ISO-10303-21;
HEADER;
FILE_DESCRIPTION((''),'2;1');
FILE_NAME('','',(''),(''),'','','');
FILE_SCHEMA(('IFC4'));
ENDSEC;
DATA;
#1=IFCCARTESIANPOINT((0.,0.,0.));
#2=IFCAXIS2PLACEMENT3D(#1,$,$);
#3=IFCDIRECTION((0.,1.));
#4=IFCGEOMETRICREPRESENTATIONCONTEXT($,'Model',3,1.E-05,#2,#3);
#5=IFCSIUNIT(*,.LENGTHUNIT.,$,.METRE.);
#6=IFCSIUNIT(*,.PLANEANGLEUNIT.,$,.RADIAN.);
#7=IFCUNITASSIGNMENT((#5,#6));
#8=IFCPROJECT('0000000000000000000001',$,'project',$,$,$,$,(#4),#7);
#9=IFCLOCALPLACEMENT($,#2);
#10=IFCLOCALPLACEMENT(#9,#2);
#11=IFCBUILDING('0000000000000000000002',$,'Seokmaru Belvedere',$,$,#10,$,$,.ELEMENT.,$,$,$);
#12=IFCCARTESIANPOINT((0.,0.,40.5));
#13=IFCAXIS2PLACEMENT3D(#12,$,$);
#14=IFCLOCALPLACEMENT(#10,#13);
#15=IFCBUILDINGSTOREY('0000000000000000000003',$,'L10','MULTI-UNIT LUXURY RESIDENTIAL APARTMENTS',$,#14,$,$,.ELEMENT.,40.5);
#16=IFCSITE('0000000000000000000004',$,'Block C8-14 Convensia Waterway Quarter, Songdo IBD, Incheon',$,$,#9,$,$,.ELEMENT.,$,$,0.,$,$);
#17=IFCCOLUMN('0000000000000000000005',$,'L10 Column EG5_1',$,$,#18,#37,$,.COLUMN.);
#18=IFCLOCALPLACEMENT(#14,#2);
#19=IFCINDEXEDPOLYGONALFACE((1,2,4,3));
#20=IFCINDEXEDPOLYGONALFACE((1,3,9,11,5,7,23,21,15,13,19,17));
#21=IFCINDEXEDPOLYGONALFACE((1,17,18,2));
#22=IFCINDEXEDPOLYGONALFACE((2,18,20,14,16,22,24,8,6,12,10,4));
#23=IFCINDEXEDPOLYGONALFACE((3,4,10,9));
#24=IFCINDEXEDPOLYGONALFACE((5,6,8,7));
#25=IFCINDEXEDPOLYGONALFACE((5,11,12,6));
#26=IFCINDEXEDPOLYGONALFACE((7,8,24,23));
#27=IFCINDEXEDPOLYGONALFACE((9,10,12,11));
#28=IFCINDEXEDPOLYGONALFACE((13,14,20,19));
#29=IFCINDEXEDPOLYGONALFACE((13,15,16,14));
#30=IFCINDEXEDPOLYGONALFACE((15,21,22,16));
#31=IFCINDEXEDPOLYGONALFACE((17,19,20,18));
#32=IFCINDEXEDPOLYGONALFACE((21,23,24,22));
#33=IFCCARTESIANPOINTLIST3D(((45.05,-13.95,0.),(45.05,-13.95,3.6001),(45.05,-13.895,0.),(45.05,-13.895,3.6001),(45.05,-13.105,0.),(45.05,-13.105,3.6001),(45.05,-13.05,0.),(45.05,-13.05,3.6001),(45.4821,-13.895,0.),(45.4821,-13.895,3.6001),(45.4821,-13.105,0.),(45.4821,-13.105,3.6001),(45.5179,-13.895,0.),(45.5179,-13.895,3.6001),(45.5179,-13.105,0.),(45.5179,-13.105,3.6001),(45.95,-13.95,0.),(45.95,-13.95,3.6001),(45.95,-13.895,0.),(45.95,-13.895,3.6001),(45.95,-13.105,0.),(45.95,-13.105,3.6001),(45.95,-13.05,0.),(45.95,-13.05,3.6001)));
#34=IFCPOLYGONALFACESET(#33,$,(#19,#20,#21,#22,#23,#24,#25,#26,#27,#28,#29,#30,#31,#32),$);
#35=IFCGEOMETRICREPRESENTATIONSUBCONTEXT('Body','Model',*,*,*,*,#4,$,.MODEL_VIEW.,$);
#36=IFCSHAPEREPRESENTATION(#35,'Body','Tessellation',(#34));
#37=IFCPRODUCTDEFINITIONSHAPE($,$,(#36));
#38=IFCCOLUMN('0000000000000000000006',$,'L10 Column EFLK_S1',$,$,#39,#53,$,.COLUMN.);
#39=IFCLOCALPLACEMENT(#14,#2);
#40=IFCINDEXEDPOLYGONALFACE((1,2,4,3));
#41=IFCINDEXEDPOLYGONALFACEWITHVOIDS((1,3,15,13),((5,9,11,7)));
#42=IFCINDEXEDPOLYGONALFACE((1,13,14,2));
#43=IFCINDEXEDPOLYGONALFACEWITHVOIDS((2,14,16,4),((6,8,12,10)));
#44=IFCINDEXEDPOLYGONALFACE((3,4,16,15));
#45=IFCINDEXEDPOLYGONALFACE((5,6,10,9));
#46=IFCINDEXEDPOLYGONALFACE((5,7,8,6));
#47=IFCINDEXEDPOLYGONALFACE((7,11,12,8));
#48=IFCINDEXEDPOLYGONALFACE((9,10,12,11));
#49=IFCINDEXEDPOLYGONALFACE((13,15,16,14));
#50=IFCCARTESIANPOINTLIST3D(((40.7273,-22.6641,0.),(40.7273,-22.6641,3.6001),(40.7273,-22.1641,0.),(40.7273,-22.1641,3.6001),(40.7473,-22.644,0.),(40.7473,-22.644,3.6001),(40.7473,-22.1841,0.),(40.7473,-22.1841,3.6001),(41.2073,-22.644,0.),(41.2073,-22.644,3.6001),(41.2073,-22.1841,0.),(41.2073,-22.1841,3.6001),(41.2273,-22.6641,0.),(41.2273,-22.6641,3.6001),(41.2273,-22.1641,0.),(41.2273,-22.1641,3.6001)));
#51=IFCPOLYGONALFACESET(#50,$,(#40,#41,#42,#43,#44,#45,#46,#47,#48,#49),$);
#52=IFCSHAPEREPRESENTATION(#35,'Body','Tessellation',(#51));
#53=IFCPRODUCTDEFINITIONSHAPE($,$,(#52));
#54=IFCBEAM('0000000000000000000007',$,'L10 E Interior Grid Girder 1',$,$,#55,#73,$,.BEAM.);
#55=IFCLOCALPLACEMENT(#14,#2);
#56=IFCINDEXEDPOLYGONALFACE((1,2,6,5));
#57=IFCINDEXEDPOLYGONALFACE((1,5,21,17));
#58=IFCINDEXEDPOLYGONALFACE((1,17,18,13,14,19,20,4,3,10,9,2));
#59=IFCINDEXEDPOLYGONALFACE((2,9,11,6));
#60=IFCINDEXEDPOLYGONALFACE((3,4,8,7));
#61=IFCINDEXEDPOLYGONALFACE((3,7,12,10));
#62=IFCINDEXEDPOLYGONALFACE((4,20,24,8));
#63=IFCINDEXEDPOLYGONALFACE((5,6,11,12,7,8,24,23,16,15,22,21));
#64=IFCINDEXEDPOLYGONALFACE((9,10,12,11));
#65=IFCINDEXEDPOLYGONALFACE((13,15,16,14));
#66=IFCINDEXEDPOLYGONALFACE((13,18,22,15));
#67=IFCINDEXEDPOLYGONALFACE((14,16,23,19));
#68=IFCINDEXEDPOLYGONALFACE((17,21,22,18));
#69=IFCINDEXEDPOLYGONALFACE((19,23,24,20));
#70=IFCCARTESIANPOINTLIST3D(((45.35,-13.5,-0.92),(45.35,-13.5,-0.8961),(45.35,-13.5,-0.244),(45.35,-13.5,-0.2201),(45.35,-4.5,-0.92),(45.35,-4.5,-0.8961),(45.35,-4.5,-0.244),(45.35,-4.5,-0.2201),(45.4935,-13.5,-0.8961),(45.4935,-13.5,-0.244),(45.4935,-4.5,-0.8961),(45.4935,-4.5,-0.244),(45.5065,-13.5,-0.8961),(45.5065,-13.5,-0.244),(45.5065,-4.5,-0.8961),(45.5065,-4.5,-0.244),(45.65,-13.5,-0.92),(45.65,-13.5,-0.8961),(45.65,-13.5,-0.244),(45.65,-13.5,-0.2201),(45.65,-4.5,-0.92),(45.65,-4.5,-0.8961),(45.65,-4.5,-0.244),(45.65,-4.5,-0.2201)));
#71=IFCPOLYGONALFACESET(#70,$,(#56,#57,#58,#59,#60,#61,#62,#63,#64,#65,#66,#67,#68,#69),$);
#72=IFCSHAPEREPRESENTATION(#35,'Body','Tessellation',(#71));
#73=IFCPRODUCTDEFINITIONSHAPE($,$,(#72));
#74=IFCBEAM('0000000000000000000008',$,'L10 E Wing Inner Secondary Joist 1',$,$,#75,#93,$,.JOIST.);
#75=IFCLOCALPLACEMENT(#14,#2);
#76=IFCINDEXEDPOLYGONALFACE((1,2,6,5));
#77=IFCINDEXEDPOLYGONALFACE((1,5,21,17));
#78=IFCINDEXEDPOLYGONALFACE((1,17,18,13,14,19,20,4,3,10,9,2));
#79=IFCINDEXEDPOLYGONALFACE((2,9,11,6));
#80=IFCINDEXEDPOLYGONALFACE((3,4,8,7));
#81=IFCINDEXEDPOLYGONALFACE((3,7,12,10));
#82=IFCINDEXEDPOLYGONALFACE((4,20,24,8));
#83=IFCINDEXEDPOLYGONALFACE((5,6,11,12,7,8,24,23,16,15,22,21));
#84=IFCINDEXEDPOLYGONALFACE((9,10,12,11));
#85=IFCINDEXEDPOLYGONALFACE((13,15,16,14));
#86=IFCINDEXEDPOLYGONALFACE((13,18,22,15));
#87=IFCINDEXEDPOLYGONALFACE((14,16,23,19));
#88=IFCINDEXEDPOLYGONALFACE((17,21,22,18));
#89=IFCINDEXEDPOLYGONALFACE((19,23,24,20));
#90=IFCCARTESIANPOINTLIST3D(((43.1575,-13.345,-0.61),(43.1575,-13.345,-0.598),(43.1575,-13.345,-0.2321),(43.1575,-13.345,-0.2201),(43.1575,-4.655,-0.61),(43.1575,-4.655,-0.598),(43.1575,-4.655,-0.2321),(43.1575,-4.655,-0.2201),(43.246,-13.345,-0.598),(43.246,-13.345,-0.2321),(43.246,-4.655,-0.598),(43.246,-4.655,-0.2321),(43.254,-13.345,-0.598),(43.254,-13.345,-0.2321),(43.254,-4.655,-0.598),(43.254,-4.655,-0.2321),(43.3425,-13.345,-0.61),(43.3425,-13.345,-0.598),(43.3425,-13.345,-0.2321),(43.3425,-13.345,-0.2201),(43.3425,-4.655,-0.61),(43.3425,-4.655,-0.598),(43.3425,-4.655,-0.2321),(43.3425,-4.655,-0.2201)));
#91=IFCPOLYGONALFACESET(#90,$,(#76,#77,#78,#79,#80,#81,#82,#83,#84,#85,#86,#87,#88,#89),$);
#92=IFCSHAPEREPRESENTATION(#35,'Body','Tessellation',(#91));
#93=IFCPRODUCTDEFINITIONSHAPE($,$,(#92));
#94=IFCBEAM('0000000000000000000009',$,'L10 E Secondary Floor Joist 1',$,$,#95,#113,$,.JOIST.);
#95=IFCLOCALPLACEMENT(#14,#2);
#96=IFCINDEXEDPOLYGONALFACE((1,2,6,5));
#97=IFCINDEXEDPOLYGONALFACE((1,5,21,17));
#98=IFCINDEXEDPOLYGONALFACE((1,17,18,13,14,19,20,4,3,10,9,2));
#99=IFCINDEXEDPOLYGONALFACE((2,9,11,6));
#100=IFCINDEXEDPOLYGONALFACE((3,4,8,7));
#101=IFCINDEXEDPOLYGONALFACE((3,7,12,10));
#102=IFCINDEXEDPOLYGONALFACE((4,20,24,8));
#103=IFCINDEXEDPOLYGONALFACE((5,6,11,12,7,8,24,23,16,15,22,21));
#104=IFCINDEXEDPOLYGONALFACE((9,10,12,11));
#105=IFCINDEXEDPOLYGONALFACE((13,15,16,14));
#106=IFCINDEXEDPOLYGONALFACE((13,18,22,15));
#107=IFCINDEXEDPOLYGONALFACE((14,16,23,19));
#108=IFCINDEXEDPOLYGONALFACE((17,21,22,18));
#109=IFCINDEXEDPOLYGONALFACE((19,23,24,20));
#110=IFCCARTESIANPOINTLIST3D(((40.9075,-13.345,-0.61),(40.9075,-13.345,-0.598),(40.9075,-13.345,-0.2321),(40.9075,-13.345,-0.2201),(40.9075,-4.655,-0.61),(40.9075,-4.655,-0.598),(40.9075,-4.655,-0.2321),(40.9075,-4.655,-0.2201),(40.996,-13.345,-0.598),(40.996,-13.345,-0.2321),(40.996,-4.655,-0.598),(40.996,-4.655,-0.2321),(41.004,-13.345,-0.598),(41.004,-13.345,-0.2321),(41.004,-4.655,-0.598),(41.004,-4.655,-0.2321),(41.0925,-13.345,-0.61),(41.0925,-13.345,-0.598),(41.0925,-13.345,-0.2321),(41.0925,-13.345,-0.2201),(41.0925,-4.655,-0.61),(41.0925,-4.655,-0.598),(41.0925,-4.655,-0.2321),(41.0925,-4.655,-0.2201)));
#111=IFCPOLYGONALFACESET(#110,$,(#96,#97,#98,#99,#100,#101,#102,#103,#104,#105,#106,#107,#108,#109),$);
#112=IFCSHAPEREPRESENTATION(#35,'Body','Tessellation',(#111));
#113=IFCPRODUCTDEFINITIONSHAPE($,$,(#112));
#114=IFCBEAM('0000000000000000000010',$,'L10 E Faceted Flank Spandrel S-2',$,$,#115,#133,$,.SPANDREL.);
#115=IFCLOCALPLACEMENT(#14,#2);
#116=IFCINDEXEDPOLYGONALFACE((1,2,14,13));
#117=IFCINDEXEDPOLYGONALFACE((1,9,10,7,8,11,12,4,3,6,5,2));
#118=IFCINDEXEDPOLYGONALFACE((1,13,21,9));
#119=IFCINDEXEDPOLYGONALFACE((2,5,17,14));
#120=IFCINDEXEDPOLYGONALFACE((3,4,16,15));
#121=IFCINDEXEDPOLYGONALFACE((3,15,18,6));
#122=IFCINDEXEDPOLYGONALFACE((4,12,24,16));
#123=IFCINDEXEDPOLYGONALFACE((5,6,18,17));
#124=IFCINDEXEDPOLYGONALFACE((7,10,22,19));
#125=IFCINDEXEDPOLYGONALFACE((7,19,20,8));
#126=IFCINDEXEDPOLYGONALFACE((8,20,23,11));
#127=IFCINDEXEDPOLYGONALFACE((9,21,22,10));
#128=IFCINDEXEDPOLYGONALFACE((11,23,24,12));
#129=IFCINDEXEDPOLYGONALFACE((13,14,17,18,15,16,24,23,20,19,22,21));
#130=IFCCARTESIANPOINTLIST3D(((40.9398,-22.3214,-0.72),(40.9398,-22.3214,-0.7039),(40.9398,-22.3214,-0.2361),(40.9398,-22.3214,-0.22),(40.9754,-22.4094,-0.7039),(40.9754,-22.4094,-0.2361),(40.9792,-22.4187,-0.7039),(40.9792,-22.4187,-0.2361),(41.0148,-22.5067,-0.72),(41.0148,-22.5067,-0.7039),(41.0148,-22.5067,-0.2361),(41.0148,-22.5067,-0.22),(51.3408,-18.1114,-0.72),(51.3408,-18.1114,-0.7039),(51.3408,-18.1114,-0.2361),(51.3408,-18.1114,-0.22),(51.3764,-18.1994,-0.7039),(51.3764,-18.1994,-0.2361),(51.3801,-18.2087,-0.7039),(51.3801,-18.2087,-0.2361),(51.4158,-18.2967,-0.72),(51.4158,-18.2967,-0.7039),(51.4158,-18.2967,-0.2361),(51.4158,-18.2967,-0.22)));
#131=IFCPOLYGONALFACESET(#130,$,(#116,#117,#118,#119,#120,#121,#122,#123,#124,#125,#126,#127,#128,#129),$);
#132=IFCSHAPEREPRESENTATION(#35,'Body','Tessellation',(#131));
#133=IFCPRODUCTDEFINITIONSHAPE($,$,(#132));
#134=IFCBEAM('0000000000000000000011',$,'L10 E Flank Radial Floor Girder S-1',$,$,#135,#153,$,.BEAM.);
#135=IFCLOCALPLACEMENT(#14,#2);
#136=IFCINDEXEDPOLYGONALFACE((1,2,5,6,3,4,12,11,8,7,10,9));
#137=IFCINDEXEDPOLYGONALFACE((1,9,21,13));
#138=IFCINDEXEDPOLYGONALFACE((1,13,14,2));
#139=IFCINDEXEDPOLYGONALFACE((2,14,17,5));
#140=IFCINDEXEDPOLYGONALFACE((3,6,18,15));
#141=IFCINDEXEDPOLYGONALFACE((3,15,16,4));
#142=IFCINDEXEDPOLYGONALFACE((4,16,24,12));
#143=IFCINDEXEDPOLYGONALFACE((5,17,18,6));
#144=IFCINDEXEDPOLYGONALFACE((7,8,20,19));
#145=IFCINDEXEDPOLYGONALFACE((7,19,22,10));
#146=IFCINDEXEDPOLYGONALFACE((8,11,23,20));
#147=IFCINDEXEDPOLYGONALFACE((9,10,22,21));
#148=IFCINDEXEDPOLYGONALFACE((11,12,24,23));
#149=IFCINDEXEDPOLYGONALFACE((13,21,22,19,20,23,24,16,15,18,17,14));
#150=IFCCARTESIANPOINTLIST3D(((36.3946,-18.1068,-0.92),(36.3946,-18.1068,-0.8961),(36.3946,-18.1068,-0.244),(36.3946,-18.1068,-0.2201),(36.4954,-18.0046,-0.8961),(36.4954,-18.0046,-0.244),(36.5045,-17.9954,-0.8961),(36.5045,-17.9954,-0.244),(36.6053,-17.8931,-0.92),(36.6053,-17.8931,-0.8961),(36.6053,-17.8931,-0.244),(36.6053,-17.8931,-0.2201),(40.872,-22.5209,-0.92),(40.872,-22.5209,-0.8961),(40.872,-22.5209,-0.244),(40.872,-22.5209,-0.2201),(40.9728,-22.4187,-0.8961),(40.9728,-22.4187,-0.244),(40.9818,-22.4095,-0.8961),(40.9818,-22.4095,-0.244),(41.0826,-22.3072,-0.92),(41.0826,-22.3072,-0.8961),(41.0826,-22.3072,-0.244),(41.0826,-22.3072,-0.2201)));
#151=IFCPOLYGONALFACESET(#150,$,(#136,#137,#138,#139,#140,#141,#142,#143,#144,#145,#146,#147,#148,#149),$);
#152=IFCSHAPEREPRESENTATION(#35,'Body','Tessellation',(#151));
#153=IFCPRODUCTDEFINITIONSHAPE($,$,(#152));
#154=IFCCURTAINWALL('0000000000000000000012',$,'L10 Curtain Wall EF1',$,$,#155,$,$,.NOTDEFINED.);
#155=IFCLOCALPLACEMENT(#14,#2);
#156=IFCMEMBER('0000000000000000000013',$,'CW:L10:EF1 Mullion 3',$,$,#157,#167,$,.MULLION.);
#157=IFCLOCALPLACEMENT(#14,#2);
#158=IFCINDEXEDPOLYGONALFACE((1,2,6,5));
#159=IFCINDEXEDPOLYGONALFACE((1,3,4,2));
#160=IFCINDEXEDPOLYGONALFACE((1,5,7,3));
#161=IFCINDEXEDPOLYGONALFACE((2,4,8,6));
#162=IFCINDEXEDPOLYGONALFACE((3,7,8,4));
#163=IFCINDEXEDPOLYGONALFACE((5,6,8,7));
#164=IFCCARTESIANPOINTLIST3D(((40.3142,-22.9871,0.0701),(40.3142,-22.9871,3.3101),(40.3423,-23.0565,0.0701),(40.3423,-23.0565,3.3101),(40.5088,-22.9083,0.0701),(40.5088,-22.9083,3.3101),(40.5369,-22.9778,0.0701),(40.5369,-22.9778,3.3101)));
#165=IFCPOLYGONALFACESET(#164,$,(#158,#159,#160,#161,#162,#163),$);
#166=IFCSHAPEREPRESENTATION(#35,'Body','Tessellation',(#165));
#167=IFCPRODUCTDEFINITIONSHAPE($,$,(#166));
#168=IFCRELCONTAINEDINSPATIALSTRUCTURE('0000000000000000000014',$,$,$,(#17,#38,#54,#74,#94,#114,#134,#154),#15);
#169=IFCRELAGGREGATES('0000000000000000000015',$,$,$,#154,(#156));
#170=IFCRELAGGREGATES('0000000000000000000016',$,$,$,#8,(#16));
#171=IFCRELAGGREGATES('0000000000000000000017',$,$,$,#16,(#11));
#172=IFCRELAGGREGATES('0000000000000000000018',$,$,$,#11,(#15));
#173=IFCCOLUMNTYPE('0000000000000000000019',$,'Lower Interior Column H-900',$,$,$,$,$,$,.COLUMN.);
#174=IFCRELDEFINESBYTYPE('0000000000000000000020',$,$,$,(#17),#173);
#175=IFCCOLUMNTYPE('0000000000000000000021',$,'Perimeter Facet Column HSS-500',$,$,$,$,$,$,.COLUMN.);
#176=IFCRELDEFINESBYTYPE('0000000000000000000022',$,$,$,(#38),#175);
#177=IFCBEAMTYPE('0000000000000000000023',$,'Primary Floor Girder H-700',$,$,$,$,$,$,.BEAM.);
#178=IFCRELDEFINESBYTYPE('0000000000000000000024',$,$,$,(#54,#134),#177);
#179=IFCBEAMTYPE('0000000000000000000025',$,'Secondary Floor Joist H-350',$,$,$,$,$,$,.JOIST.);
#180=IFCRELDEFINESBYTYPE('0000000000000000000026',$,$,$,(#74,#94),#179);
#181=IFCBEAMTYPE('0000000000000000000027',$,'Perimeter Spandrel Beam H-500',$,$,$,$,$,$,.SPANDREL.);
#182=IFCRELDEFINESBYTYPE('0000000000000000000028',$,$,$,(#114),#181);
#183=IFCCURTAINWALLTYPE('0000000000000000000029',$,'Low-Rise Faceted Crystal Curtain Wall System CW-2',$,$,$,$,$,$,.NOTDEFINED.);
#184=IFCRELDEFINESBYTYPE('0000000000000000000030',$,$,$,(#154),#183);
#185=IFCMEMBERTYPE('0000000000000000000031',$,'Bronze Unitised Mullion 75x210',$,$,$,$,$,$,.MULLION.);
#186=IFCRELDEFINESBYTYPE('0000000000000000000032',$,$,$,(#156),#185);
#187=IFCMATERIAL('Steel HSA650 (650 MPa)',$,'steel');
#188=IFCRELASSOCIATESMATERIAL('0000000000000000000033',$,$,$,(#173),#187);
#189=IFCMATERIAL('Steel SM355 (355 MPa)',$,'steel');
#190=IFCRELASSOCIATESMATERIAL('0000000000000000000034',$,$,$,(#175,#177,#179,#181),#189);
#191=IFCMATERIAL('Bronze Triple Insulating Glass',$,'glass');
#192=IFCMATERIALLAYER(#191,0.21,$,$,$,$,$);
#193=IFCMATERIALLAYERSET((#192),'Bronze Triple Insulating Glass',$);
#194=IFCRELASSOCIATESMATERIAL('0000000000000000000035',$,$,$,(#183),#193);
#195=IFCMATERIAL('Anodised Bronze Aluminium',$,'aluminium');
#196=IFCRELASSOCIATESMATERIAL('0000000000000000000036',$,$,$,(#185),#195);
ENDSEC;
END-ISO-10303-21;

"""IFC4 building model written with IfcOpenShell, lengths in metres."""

from ifc_helpers import new_model, si_unit, direction, frame, origin, origin_2d, place, context, subcontext, project, spatial, rectangle, hollow_rectangle, i_section, extrude, source, transform, mapped, material, layer, layer_set, material_profile, profile_set, type_object, type_shapes, element, aggregate, save


model = new_model("IFC4")

# Units and contexts
model_context = context("Model", 3, precision=1e-05, world=origin(), true_north=direction((0.0, 1.0)))
body_context = subcontext(model_context, "Body", "Model", "MODEL_VIEW")
ifc_project = project(units=[si_unit("LENGTHUNIT", "METRE"), si_unit("PLANEANGLEUNIT", "RADIAN")], contexts=[model_context])

# Site, building, storey
site_placement = place(None, origin())
site = spatial("IfcSite", under=ifc_project, at=site_placement, Name="Block C8-14 Convensia Waterway Quarter, Songdo IBD, Incheon", CompositionType="ELEMENT", RefElevation=0.0)
building_placement = place(site_placement, origin())
building = spatial("IfcBuilding", under=site, at=building_placement, Name="Seokmaru Belvedere", CompositionType="ELEMENT")
storey_placement = place(building_placement, frame((0.0, 0.0, 40.5)))
storey = spatial("IfcBuildingStorey", under=building, at=storey_placement, Name="L10", Description="MULTI-UNIT LUXURY RESIDENTIAL APARTMENTS", CompositionType="ELEMENT", Elevation=40.5)

# Columns
ifc_material_1 = material(Name="Steel HSA650 (650 MPa)", Category="steel")
ifc_material_profile_1 = material_profile(ifc_material_1, i_section(OverallWidth=0.8999, OverallDepth=0.8999, WebThickness=0.0359, FlangeThickness=0.0549, at=origin_2d()), Name="H-900x900x36x55")
ifc_profile_set_1 = profile_set([ifc_material_profile_1], Name="Steel HSA650 (650 MPa)")
column_type_1 = type_object("IfcColumnType", Name="Lower Interior Column H-900", PredefinedType="COLUMN", material=ifc_profile_set_1)
shared_shape_1 = source(origin(), body_context, "Body", "SweptSolid", [
    extrude(i_section(OverallWidth=0.8999, OverallDepth=0.8999, WebThickness=0.0359, FlangeThickness=0.0549, at=origin_2d()), origin(), (0.0, 0.0, 1.0), 3.6001),
])
type_shapes(column_type_1, [shared_shape_1])
column_1_placement = place(storey_placement, frame((45.5, -13.5, 0.0), z_axis=(0.0, 0.0, 1.0), x_axis=(1.0, 0.0, 0.0)))
element("IfcColumn", 1, at=column_1_placement, inside=storey, type_object=column_type_1, Name="L10 Column EG5_1", PredefinedType="COLUMN", context=body_context, shape_type="MappedRepresentation", body=[
    mapped(shared_shape_1, transform((0.0, 0.0, 0.0), scale=1.0)),
])
ifc_material_2 = material(Name="Steel SM355 (355 MPa)", Category="steel")
ifc_material_profile_2 = material_profile(ifc_material_2, hollow_rectangle(XDim=0.5, YDim=0.5, WallThickness=0.02, at=origin_2d()), Name="HSS-500x500x20")
ifc_profile_set_2 = profile_set([ifc_material_profile_2], Name="Steel SM355 (355 MPa)")
column_type_2 = type_object("IfcColumnType", Name="Perimeter Facet Column HSS-500", PredefinedType="COLUMN", material=ifc_profile_set_2)
shared_shape_2 = source(origin(), body_context, "Body", "SweptSolid", [
    extrude(hollow_rectangle(XDim=0.5, YDim=0.5, WallThickness=0.02, at=origin_2d()), origin(), (0.0, 0.0, 1.0), 3.6001),
])
type_shapes(column_type_2, [shared_shape_2])
column_2_placement = place(storey_placement, frame((40.9773, -22.4141, 0.0), z_axis=(0.0, 0.0, 1.0), x_axis=(1.0, 0.0, 0.0)))
element("IfcColumn", 2, at=column_2_placement, inside=storey, type_object=column_type_2, Name="L10 Column EFLK_S1", PredefinedType="COLUMN", context=body_context, shape_type="MappedRepresentation", body=[
    mapped(shared_shape_2, transform((0.0, 0.0, 0.0), scale=1.0)),
])

# Beams
ifc_material_profile_3 = material_profile(ifc_material_2, i_section(OverallWidth=0.3, OverallDepth=0.7, WebThickness=0.0129, FlangeThickness=0.0239, at=origin_2d()), Name="H-700x300x13x24")
ifc_profile_set_3 = profile_set([ifc_material_profile_3], Name="Steel SM355 (355 MPa)")
beam_type_1 = type_object("IfcBeamType", Name="Primary Floor Girder H-700", PredefinedType="BEAM", material=ifc_profile_set_3)
shared_shape_3 = source(origin(), body_context, "Body", "SweptSolid", [
    extrude(i_section(OverallWidth=0.3, OverallDepth=0.7, WebThickness=0.0129, FlangeThickness=0.0239, at=origin_2d()), origin(), (0.0, 0.0, 1.0), 9.0),
])
beam_1_placement = place(storey_placement, frame((45.5, -13.5, -0.5701), z_axis=(0.0, 1.0, 0.0), x_axis=(-1.0, 0.0, 0.0)))
element("IfcBeam", 3, at=beam_1_placement, inside=storey, type_object=beam_type_1, Name="L10 E Interior Grid Girder 1", PredefinedType="BEAM", context=body_context, shape_type="MappedRepresentation", body=[
    mapped(shared_shape_3, transform((0.0, 0.0, 0.0), scale=1.0)),
])
ifc_material_profile_4 = material_profile(ifc_material_2, i_section(OverallWidth=0.1851, OverallDepth=0.3899, WebThickness=0.0081, FlangeThickness=0.012, at=origin_2d()), Name="H-390x185x8x12")
ifc_profile_set_4 = profile_set([ifc_material_profile_4], Name="Steel SM355 (355 MPa)")
beam_type_2 = type_object("IfcBeamType", Name="Secondary Floor Joist H-350", PredefinedType="JOIST", material=ifc_profile_set_4)
shared_shape_4 = source(origin(), body_context, "Body", "SweptSolid", [
    extrude(i_section(OverallWidth=0.1851, OverallDepth=0.3899, WebThickness=0.0081, FlangeThickness=0.012, at=origin_2d()), origin(), (0.0, 0.0, 1.0), 8.6899),
])
type_shapes(beam_type_2, [shared_shape_4])
for number, where, z_axis, x_axis, name in (
    (4, (43.25, -13.345, -0.415), (0.0, 1.0, 0.0), (-1.0, 0.0, 0.0), "L10 E Wing Inner Secondary Joist 1"),
    (5, (41.0, -13.345, -0.415), (0.0, 1.0, 0.0), (-1.0, 0.0, 0.0), "L10 E Secondary Floor Joist 1"),
):
    element("IfcBeam", number, at=place(storey_placement, frame(where, z_axis=z_axis, x_axis=x_axis)), inside=storey, type_object=beam_type_2, Name=name, PredefinedType="JOIST", context=body_context, shape_type="MappedRepresentation", body=[
        mapped(shared_shape_4, transform((0.0, 0.0, 0.0), scale=1.0)),
    ])
ifc_material_profile_5 = material_profile(ifc_material_2, i_section(OverallWidth=0.2, OverallDepth=0.5, WebThickness=0.01, FlangeThickness=0.0161, at=origin_2d()), Name="H-500x200x10x16")
ifc_profile_set_5 = profile_set([ifc_material_profile_5], Name="Steel SM355 (355 MPa)")
beam_type_3 = type_object("IfcBeamType", Name="Perimeter Spandrel Beam H-500", PredefinedType="SPANDREL", material=ifc_profile_set_5)
shared_shape_5 = source(origin(), body_context, "Body", "SweptSolid", [
    extrude(i_section(OverallWidth=0.2, OverallDepth=0.5, WebThickness=0.01, FlangeThickness=0.0161, at=origin_2d()), origin(), (0.0, 0.0, 1.0), 11.2207),
])
type_shapes(beam_type_3, [shared_shape_5])
beam_2_placement = place(storey_placement, frame((40.9773, -22.4141, -0.47), z_axis=(0.926944, 0.375199, 0.0), x_axis=(-0.375199, 0.926944, 0.0)))
element("IfcBeam", 6, at=beam_2_placement, inside=storey, type_object=beam_type_3, Name="L10 E Faceted Flank Spandrel S-2", PredefinedType="SPANDREL", context=body_context, shape_type="MappedRepresentation", body=[
    mapped(shared_shape_5, transform((0.0, 0.0, 0.0), scale=1.0)),
])
shared_shape_6 = source(origin(), body_context, "Body", "SweptSolid", [
    extrude(i_section(OverallWidth=0.3, OverallDepth=0.7, WebThickness=0.0129, FlangeThickness=0.0239, at=origin_2d()), origin(), (0.0, 0.0, 1.0), 6.2874),
])
type_shapes(beam_type_1, [shared_shape_3, shared_shape_6])
beam_3_placement = place(storey_placement, frame((40.9773, -22.4141, -0.5701), z_axis=(-0.712117, 0.70206, 0.0), x_axis=(-0.70206, -0.712117, 0.0)))
element("IfcBeam", 7, at=beam_3_placement, inside=storey, type_object=beam_type_1, Name="L10 E Flank Radial Floor Girder S-1", PredefinedType="BEAM", context=body_context, shape_type="MappedRepresentation", body=[
    mapped(shared_shape_6, transform((0.0, 0.0, 0.0), scale=1.0)),
])

# Curtain wall, member
ifc_material_3 = material(Name="Bronze Triple Insulating Glass", Category="glass")
ifc_layer_1 = layer(ifc_material_3, 0.21)
ifc_layer_set_1 = layer_set([ifc_layer_1], Name="Bronze Triple Insulating Glass")
curtain_wall_type = type_object("IfcCurtainWallType", Name="Low-Rise Faceted Crystal Curtain Wall System CW-2", PredefinedType="NOTDEFINED", material=ifc_layer_set_1)
curtain_wall_placement = place(storey_placement, origin())
curtain_wall = element("IfcCurtainWall", 8, at=curtain_wall_placement, inside=storey, type_object=curtain_wall_type, Name="L10 Curtain Wall EF1", PredefinedType="NOTDEFINED")
ifc_material_4 = material(Name="Anodised Bronze Aluminium", Category="aluminium")
ifc_material_profile_6 = material_profile(ifc_material_4, rectangle(XDim=0.075, YDim=0.21, at=origin_2d()), Name="CW-M-75x210")
ifc_profile_set_6 = profile_set([ifc_material_profile_6], Name="Anodised Bronze Aluminium")
member_type = type_object("IfcMemberType", Name="Bronze Unitised Mullion 75x210", PredefinedType="MULLION", material=ifc_profile_set_6)
shared_shape_7 = source(origin(), body_context, "Body", "SweptSolid", [
    extrude(rectangle(XDim=0.075, YDim=0.21, at=origin_2d()), origin(), (0.0, 0.0, 1.0), 3.24),
])
type_shapes(member_type, [shared_shape_7])
member_1_placement = place(storey_placement, frame((40.4255, -22.9824, 0.0701), z_axis=(0.0, 0.0, 1.0), x_axis=(-0.375192, 0.926947, 0.0)))
member_1 = element("IfcMember", 9, at=member_1_placement, type_object=member_type, Name="CW:L10:EF1 Mullion 3", PredefinedType="MULLION", context=body_context, shape_type="MappedRepresentation", body=[
    mapped(shared_shape_7, transform((0.0, 0.0, 0.0), scale=1.0)),
])
aggregate(curtain_wall, [member_1])

save(model, "model.ifc")
